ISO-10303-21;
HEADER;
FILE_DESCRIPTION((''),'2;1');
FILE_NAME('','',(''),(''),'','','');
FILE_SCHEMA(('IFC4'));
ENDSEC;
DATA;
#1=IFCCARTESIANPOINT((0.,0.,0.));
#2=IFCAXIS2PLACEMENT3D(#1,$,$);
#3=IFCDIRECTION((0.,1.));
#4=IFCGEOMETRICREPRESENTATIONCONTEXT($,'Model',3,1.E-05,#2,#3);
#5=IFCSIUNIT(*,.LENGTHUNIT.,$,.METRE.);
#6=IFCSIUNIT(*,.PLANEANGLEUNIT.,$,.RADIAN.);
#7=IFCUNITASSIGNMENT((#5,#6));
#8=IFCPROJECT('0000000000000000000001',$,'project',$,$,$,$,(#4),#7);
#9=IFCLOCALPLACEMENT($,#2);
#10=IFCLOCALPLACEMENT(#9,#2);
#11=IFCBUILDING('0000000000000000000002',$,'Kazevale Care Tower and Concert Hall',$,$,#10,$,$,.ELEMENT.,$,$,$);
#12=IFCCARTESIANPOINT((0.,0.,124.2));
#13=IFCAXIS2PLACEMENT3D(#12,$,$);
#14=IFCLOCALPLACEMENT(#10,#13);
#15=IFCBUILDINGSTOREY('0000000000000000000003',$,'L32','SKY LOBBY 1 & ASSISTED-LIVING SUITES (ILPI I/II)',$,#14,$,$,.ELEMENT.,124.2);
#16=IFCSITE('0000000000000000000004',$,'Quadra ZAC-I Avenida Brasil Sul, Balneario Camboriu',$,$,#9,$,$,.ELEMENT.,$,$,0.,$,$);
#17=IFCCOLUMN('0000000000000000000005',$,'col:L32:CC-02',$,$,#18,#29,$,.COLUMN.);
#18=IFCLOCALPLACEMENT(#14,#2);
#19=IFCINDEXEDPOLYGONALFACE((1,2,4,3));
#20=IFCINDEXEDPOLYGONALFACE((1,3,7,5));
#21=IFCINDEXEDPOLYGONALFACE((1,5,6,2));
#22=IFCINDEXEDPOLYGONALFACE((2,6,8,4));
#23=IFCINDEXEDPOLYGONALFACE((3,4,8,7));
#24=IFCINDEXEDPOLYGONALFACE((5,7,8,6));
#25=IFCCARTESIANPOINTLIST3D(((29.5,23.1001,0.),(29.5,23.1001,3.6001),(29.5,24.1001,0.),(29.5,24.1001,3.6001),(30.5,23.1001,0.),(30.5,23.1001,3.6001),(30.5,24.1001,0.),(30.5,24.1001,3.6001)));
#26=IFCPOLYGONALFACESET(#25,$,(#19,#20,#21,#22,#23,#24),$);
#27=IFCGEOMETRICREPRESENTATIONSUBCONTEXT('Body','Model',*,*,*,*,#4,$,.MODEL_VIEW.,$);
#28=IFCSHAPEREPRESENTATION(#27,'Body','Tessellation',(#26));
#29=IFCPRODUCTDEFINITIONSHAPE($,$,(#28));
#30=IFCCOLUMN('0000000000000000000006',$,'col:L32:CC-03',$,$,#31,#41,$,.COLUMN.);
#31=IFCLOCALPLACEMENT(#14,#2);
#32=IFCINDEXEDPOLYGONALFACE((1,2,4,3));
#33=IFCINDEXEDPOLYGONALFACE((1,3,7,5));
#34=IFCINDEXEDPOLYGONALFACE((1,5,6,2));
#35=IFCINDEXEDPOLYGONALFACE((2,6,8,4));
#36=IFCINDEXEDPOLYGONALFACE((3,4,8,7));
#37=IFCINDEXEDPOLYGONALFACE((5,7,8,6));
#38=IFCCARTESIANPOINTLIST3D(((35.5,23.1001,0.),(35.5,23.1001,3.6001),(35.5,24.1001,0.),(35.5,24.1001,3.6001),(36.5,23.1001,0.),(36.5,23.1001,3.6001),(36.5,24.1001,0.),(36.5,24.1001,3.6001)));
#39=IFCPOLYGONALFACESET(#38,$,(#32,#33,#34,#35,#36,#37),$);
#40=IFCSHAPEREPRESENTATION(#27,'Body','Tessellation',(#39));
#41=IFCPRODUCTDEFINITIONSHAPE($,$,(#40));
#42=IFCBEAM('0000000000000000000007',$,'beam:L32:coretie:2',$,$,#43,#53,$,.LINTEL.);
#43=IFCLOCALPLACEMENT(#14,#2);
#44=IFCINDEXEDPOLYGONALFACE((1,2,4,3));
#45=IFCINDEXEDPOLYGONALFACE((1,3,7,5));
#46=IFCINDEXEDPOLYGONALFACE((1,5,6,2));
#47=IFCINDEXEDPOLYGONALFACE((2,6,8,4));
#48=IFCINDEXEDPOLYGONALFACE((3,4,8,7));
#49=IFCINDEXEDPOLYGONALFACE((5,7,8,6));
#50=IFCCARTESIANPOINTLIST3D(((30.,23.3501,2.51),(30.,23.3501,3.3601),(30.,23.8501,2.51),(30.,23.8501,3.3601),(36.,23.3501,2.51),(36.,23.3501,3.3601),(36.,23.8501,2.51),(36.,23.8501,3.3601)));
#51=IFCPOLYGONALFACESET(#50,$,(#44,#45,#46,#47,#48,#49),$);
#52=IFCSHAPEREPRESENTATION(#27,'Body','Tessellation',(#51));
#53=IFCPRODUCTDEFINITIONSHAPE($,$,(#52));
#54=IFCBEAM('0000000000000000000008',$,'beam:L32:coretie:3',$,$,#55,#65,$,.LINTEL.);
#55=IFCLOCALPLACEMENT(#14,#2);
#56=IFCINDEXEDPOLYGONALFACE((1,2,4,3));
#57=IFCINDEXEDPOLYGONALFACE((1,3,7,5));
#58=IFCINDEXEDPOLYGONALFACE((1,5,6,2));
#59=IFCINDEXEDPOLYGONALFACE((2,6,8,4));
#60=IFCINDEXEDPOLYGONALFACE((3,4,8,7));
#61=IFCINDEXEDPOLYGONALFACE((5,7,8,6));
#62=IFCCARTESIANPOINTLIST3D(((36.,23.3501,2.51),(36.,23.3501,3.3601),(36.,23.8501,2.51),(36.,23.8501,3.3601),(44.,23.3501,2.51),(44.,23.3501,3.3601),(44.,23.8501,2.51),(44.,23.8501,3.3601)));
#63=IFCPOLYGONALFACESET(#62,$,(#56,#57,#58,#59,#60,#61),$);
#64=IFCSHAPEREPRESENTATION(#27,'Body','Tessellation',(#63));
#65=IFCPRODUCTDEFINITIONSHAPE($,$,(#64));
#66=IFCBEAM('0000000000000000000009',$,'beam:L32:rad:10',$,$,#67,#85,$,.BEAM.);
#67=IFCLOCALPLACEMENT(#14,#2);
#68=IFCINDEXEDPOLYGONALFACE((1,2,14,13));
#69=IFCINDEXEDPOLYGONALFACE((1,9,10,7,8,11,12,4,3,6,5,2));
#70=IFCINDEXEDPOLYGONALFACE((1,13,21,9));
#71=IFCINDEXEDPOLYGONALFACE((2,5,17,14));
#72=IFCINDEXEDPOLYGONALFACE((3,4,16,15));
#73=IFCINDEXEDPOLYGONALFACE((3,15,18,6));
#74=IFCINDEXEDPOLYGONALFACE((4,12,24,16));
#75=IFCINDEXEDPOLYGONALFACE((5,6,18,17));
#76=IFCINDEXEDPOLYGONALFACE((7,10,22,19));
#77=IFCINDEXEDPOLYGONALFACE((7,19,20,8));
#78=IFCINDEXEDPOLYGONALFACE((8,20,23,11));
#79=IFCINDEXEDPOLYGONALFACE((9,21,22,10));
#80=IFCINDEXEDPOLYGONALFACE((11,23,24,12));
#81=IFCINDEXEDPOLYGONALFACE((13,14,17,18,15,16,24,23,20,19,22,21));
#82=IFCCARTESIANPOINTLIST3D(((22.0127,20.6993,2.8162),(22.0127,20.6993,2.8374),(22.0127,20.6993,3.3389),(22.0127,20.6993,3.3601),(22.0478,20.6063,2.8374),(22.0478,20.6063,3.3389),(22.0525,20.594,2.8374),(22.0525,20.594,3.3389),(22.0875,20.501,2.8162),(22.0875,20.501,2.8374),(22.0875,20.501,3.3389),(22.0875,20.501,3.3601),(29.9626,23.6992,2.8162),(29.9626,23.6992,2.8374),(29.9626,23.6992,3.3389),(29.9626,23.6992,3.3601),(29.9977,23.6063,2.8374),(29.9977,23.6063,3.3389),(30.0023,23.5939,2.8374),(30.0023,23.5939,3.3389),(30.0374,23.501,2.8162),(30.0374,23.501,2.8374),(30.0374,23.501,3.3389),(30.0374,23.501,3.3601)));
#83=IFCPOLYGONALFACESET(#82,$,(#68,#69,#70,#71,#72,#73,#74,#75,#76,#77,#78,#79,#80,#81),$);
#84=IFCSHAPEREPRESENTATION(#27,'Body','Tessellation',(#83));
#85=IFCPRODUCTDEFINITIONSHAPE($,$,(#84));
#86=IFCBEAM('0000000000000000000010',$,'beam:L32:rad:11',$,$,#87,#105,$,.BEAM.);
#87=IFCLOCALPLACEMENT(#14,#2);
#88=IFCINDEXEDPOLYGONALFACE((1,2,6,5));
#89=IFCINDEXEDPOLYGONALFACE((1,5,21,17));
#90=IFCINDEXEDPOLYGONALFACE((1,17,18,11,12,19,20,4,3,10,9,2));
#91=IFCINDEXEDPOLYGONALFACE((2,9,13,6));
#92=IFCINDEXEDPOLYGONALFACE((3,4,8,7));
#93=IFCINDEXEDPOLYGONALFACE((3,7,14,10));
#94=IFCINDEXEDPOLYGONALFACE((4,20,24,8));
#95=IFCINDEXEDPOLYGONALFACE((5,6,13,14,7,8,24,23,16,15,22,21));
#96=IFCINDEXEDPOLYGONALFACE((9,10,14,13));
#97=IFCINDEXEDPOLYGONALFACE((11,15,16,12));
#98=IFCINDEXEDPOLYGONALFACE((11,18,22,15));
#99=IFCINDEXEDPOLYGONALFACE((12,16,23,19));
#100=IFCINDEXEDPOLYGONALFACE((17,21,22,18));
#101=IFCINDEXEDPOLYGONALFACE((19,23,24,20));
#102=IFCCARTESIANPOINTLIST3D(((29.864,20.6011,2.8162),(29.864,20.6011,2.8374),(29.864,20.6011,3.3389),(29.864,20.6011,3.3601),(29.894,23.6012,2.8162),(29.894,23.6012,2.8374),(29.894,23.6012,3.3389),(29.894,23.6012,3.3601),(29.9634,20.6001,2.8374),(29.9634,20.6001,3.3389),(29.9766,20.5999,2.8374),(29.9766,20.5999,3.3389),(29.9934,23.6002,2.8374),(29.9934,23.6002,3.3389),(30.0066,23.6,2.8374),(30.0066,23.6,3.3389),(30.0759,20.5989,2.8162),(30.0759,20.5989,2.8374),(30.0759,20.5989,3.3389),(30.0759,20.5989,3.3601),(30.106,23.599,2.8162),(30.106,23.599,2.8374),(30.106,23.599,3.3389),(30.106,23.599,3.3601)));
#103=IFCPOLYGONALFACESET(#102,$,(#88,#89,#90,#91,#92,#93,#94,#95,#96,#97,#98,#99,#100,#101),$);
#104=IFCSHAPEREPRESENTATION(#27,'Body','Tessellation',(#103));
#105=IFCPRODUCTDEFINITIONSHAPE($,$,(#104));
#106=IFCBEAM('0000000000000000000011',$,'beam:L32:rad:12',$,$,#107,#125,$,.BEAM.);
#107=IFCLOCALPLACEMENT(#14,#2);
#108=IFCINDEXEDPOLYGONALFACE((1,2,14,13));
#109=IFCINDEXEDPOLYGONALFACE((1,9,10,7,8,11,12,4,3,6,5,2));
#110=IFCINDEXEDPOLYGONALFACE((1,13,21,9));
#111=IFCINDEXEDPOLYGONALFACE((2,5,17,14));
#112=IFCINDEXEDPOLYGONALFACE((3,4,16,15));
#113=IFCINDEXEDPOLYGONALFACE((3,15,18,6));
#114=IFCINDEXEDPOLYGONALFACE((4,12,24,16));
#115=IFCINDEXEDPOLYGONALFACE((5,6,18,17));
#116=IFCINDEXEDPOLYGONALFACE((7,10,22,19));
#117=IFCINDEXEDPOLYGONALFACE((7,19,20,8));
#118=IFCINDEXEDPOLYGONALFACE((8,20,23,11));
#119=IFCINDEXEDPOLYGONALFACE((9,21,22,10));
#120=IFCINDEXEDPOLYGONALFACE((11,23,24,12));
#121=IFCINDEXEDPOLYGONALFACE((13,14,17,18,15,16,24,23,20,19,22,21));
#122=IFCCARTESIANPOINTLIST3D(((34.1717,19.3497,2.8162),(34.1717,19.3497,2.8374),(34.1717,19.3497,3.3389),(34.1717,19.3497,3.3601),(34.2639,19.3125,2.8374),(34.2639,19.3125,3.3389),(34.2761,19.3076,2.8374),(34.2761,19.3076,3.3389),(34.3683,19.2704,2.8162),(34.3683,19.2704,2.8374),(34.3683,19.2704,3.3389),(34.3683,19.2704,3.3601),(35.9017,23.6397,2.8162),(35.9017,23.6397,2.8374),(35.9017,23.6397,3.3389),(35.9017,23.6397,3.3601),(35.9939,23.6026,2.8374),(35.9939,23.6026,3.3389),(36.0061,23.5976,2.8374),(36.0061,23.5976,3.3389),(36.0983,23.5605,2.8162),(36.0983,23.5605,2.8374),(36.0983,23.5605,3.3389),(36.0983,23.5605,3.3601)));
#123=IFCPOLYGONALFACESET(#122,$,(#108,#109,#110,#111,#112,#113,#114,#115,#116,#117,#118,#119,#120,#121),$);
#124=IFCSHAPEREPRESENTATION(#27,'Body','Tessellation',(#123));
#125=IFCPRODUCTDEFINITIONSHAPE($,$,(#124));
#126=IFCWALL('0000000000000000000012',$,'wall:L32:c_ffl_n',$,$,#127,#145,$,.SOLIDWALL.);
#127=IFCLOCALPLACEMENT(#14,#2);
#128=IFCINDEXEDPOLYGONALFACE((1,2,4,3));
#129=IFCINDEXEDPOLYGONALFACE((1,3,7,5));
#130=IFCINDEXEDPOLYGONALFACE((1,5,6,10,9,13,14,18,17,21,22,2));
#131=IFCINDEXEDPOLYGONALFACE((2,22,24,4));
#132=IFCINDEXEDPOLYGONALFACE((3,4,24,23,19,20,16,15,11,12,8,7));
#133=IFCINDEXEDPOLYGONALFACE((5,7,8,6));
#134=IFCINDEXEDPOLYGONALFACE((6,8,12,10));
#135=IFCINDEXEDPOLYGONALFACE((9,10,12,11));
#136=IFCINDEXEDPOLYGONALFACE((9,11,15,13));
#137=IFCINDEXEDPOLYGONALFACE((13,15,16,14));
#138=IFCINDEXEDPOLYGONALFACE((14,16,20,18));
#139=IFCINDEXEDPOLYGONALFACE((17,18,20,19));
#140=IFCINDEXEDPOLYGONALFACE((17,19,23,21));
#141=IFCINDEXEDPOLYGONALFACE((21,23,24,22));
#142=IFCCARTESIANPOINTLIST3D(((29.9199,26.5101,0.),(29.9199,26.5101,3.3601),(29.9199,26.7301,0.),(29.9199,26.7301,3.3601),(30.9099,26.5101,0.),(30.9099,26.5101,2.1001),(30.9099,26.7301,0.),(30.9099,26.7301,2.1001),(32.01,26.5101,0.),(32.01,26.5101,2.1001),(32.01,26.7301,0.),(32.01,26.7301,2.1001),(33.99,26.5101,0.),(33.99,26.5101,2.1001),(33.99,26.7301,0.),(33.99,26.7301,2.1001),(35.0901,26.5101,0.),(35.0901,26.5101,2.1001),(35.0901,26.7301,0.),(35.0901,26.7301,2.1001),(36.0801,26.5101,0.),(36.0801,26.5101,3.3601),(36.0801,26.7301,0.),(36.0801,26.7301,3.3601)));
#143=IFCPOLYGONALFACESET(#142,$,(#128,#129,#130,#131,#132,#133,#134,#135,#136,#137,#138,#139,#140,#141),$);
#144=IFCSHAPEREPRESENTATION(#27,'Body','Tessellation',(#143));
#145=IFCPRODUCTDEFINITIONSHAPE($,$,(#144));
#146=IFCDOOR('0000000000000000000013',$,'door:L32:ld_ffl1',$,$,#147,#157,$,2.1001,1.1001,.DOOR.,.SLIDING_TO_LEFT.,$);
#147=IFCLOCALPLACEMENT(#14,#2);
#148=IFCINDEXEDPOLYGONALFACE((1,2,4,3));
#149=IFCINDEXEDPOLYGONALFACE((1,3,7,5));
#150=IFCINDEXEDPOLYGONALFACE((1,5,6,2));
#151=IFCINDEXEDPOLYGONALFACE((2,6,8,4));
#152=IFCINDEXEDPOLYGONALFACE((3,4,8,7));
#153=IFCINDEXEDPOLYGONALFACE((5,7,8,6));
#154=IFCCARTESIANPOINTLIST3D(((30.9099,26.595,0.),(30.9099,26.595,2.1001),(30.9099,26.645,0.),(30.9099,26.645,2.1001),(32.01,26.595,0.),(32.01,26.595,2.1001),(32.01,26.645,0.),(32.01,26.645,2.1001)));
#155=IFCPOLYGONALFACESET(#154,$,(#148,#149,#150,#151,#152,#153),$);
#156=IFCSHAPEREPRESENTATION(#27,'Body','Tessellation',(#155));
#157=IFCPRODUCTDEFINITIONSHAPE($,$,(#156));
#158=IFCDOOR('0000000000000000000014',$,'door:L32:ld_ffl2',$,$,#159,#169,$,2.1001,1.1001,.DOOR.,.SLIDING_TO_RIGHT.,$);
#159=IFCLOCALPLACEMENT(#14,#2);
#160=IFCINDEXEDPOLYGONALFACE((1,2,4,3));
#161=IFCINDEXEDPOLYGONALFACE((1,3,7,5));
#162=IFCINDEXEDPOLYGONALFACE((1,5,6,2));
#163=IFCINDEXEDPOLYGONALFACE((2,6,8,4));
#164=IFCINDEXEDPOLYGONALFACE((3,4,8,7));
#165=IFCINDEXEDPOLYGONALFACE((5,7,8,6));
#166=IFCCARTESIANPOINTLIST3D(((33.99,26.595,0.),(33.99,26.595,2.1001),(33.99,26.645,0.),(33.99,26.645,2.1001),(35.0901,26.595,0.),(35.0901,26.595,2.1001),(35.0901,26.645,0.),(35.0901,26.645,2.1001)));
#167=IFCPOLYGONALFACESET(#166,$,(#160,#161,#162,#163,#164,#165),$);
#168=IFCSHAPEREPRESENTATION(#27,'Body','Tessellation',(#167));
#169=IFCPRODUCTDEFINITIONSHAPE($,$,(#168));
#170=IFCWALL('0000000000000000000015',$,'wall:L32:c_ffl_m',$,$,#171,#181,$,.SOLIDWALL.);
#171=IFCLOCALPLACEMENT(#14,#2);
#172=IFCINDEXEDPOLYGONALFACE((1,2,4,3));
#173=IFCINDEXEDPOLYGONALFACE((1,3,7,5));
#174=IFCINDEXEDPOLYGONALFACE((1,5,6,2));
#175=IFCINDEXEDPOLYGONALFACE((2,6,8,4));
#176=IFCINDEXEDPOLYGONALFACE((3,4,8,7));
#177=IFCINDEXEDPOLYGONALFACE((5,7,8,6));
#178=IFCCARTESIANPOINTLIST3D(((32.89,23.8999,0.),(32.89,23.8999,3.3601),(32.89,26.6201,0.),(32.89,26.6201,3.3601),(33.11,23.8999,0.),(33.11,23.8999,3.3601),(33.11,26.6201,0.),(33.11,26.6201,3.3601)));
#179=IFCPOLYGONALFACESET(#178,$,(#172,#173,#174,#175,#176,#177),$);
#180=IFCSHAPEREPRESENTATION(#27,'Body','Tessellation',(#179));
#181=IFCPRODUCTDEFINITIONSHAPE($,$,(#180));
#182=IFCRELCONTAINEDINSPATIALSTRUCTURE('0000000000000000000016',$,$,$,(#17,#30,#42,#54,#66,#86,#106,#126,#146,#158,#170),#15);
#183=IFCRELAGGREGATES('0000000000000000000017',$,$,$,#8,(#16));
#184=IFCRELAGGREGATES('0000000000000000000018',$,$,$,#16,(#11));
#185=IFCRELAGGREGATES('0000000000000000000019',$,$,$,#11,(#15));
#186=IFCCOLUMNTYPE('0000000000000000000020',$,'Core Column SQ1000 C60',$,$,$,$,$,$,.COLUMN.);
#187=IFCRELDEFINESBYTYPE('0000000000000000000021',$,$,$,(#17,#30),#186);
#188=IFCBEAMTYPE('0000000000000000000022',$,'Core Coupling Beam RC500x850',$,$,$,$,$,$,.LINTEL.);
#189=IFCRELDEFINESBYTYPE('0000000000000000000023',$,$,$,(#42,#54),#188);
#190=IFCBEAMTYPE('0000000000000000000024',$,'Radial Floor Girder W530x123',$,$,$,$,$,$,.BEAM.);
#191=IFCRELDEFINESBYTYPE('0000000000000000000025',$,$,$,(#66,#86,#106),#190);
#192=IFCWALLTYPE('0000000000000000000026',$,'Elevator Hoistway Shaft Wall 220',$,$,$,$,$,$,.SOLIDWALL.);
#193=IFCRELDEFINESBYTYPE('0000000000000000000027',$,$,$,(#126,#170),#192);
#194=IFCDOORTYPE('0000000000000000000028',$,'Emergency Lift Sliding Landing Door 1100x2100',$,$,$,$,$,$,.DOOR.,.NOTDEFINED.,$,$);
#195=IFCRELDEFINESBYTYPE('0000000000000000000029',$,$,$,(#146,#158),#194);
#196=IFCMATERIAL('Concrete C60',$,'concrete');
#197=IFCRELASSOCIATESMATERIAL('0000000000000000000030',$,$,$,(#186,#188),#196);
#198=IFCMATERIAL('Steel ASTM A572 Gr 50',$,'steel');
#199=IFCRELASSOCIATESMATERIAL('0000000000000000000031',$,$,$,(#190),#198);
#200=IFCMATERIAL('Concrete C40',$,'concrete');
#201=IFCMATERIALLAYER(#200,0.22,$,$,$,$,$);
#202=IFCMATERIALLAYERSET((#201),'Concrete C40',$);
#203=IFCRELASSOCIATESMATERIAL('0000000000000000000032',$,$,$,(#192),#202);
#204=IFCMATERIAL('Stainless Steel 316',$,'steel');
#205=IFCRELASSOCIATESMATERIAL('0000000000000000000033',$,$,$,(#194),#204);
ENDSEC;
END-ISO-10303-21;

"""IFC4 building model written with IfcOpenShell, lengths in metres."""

from ifc_helpers import new_model, si_unit, direction, frame, frame_2d, origin, origin_2d, place, context, subcontext, project, spatial, rectangle, i_section, extrude, material, layer, layer_set, material_profile, profile_set, type_object, element, fill, save


model = new_model("IFC4")

# Units and contexts
model_context = context("Model", 3, precision=1e-05, world=origin(), true_north=direction((0.0, 1.0)))
body_context = subcontext(model_context, "Body", "Model", "MODEL_VIEW")
ifc_project = project(units=[si_unit("LENGTHUNIT", "METRE"), si_unit("PLANEANGLEUNIT", "RADIAN")], contexts=[model_context])

# Site, building, storey
site_placement = place(None, origin())
site = spatial("IfcSite", under=ifc_project, at=site_placement, Name="Quadra ZAC-I Avenida Brasil Sul, Balneario Camboriu", CompositionType="ELEMENT", RefElevation=0.0)
building_placement = place(site_placement, origin())
building = spatial("IfcBuilding", under=site, at=building_placement, Name="Kazevale Care Tower and Concert Hall", CompositionType="ELEMENT")
storey_placement = place(building_placement, frame((0.0, 0.0, 124.2)))
storey = spatial("IfcBuildingStorey", under=building, at=storey_placement, Name="L32", Description="SKY LOBBY 1 & ASSISTED-LIVING SUITES (ILPI I/II)", CompositionType="ELEMENT", Elevation=124.2)

# Columns
ifc_material_1 = material(Name="Concrete C60", Category="concrete")
ifc_material_profile_1 = material_profile(ifc_material_1, rectangle(XDim=1.0, YDim=1.0, at=origin_2d()), Name="RC-SQ1000")
ifc_profile_set_1 = profile_set([ifc_material_profile_1], Name="Concrete C60")
column_type = type_object("IfcColumnType", Name="Core Column SQ1000 C60", PredefinedType="COLUMN", material=ifc_profile_set_1)
for number, where, z_axis, x_axis, name in (
    (1, (30.0, 23.6001, 0.0), (0.0, 0.0, 1.0), (1.0, 0.0, 0.0), "col:L32:CC-02"),
    (2, (36.0, 23.6001, 0.0), (0.0, 0.0, 1.0), (1.0, 0.0, 0.0), "col:L32:CC-03"),
):
    element("IfcColumn", number, at=place(storey_placement, frame(where, z_axis=z_axis, x_axis=x_axis)), inside=storey, type_object=column_type, Name=name, PredefinedType="COLUMN", context=body_context, shape_type="SweptSolid", body=[
        extrude(rectangle(XDim=1.0, YDim=1.0, at=origin_2d()), origin(), (0.0, 0.0, 1.0), 3.6001),
    ])

# Beams
ifc_material_profile_2 = material_profile(ifc_material_1, rectangle(XDim=0.5, YDim=0.8501, at=origin_2d()), Name="RC-B500x850")
ifc_profile_set_2 = profile_set([ifc_material_profile_2], Name="Concrete C60")
beam_type_1 = type_object("IfcBeamType", Name="Core Coupling Beam RC500x850", PredefinedType="LINTEL", material=ifc_profile_set_2)
beam_1_placement = place(storey_placement, frame((30.0, 23.6001, 2.9351), z_axis=(1.0, 0.0, 0.0), x_axis=(0.0, 1.0, 0.0)))
element("IfcBeam", 3, at=beam_1_placement, inside=storey, type_object=beam_type_1, Name="beam:L32:coretie:2", PredefinedType="LINTEL", context=body_context, shape_type="SweptSolid", body=[
    extrude(rectangle(XDim=0.5, YDim=0.8501, at=origin_2d()), origin(), (0.0, 0.0, 1.0), 6.0),
])
beam_2_placement = place(storey_placement, frame((36.0, 23.6001, 2.9351), z_axis=(1.0, 0.0, 0.0), x_axis=(0.0, 1.0, 0.0)))
element("IfcBeam", 4, at=beam_2_placement, inside=storey, type_object=beam_type_1, Name="beam:L32:coretie:3", PredefinedType="LINTEL", context=body_context, shape_type="SweptSolid", body=[
    extrude(rectangle(XDim=0.5, YDim=0.8501, at=origin_2d()), origin(), (0.0, 0.0, 1.0), 8.0),
])
ifc_material_2 = material(Name="Steel ASTM A572 Gr 50", Category="steel")
ifc_material_profile_3 = material_profile(ifc_material_2, i_section(OverallWidth=0.2119, OverallDepth=0.5439, WebThickness=0.0132, FlangeThickness=0.0212, at=origin_2d()), Name="W530x123")
ifc_profile_set_3 = profile_set([ifc_material_profile_3], Name="Steel ASTM A572 Gr 50")
beam_type_2 = type_object("IfcBeamType", Name="Radial Floor Girder W530x123", PredefinedType="BEAM", material=ifc_profile_set_3)
beam_3_placement = place(storey_placement, frame((30.0, 23.6001, 3.0881), z_axis=(-0.935601, -0.353059, 0.0), x_axis=(0.353059, -0.935601, 0.0)))
element("IfcBeam", 5, at=beam_3_placement, inside=storey, type_object=beam_type_2, Name="beam:L32:rad:10", PredefinedType="BEAM", context=body_context, shape_type="SweptSolid", body=[
    extrude(i_section(OverallWidth=0.2119, OverallDepth=0.5439, WebThickness=0.0132, FlangeThickness=0.0212, at=origin_2d()), origin(), (0.0, 0.0, 1.0), 8.4971),
])
beam_4_placement = place(storey_placement, frame((30.0, 23.6001, 3.0881), z_axis=(-0.010009, -0.99995, 0.0), x_axis=(0.99995, -0.010009, 0.0)))
element("IfcBeam", 6, at=beam_4_placement, inside=storey, type_object=beam_type_2, Name="beam:L32:rad:11", PredefinedType="BEAM", context=body_context, shape_type="SweptSolid", body=[
    extrude(i_section(OverallWidth=0.2119, OverallDepth=0.5439, WebThickness=0.0132, FlangeThickness=0.0212, at=origin_2d()), origin(), (0.0, 0.0, 1.0), 3.0002),
])
beam_5_placement = place(storey_placement, frame((36.0, 23.6001, 3.0881), z_axis=(-0.373992, -0.927432, 0.0), x_axis=(0.927432, -0.373992, 0.0)))
element("IfcBeam", 7, at=beam_5_placement, inside=storey, type_object=beam_type_2, Name="beam:L32:rad:12", PredefinedType="BEAM", context=body_context, shape_type="SweptSolid", body=[
    extrude(i_section(OverallWidth=0.2119, OverallDepth=0.5439, WebThickness=0.0132, FlangeThickness=0.0212, at=origin_2d()), origin(), (0.0, 0.0, 1.0), 4.6257),
])

# Wall, openings, doors
ifc_material_3 = material(Name="Concrete C40", Category="concrete")
ifc_layer_1 = layer(ifc_material_3, 0.22)
ifc_layer_set_1 = layer_set([ifc_layer_1], Name="Concrete C40")
wall_type_1 = type_object("IfcWallType", Name="Elevator Hoistway Shaft Wall 220", PredefinedType="SOLIDWALL", material=ifc_layer_set_1)
wall_1_placement = place(storey_placement, frame((29.9199, 26.6201, 0.0), z_axis=(0.0, 0.0, 1.0), x_axis=(1.0, 0.0, 0.0)))
wall_1 = element("IfcWall", 8, at=wall_1_placement, inside=storey, type_object=wall_type_1, Name="wall:L32:c_ffl_n", PredefinedType="SOLIDWALL", context=body_context, shape_type="SweptSolid", body=[
    extrude(rectangle(XDim=6.1602, YDim=0.22, at=frame_2d((3.0801, 0.0))), origin(), (0.0, 0.0, 1.0), 3.3601),
])
opening_1_placement = place(wall_1_placement, frame((0.99, 0.0, 0.0)))
opening_1 = element("IfcOpeningElement", 9, at=opening_1_placement, cuts=wall_1, PredefinedType="OPENING", context=body_context, shape_type="SweptSolid", body=[
    extrude(rectangle(XDim=1.1001, YDim=2.1001, at=frame_2d((0.55, 1.05))), frame((0.0, 0.1199, 0.0), z_axis=(0.0, -1.0, 0.0), x_axis=(1.0, 0.0, 0.0)), (0.0, 0.0, 1.0), 0.24),
])
opening_2_placement = place(wall_1_placement, frame((4.0701, 0.0, 0.0)))
opening_2 = element("IfcOpeningElement", 10, at=opening_2_placement, cuts=wall_1, PredefinedType="OPENING", context=body_context, shape_type="SweptSolid", body=[
    extrude(rectangle(XDim=1.1001, YDim=2.1001, at=frame_2d((0.55, 1.05))), frame((0.0, 0.1199, 0.0), z_axis=(0.0, -1.0, 0.0), x_axis=(1.0, 0.0, 0.0)), (0.0, 0.0, 1.0), 0.24),
])
ifc_material_4 = material(Name="Stainless Steel 316", Category="steel")
door_type_1 = type_object("IfcDoorType", Name="Emergency Lift Sliding Landing Door 1100x2100", OperationType="NOTDEFINED", PredefinedType="DOOR", material=ifc_material_4)
door_1_placement = place(opening_1_placement, origin())
door_1 = element("IfcDoor", 11, at=door_1_placement, inside=storey, type_object=door_type_1, Name="door:L32:ld_ffl1", OperationType="SLIDING_TO_LEFT", OverallHeight=2.1001, OverallWidth=1.1001, PredefinedType="DOOR", context=body_context, shape_type="SweptSolid", body=[
    extrude(rectangle(XDim=1.1001, YDim=2.1001, at=frame_2d((0.55, 1.05))), frame((0.0, 0.0249, 0.0), z_axis=(0.0, -1.0, 0.0), x_axis=(1.0, 0.0, 0.0)), (0.0, 0.0, 1.0), 0.05),
])
fill(opening_1, door_1)
door_2_placement = place(opening_2_placement, origin())
door_2 = element("IfcDoor", 12, at=door_2_placement, inside=storey, type_object=door_type_1, Name="door:L32:ld_ffl2", OperationType="SLIDING_TO_RIGHT", OverallHeight=2.1001, OverallWidth=1.1001, PredefinedType="DOOR", context=body_context, shape_type="SweptSolid", body=[
    extrude(rectangle(XDim=1.1001, YDim=2.1001, at=frame_2d((0.55, 1.05))), frame((0.0, 0.0249, 0.0), z_axis=(0.0, -1.0, 0.0), x_axis=(1.0, 0.0, 0.0)), (0.0, 0.0, 1.0), 0.05),
])
fill(opening_2, door_2)

# Wall
wall_2_placement = place(storey_placement, frame((33.0, 23.8999, 0.0), z_axis=(0.0, 0.0, 1.0), x_axis=(0.0, 1.0, 0.0)))
element("IfcWall", 13, at=wall_2_placement, inside=storey, type_object=wall_type_1, Name="wall:L32:c_ffl_m", PredefinedType="SOLIDWALL", context=body_context, shape_type="SweptSolid", body=[
    extrude(rectangle(XDim=2.7202, YDim=0.22, at=frame_2d((1.3601, 0.0))), origin(), (0.0, 0.0, 1.0), 3.3601),
])

save(model, "model.ifc")
